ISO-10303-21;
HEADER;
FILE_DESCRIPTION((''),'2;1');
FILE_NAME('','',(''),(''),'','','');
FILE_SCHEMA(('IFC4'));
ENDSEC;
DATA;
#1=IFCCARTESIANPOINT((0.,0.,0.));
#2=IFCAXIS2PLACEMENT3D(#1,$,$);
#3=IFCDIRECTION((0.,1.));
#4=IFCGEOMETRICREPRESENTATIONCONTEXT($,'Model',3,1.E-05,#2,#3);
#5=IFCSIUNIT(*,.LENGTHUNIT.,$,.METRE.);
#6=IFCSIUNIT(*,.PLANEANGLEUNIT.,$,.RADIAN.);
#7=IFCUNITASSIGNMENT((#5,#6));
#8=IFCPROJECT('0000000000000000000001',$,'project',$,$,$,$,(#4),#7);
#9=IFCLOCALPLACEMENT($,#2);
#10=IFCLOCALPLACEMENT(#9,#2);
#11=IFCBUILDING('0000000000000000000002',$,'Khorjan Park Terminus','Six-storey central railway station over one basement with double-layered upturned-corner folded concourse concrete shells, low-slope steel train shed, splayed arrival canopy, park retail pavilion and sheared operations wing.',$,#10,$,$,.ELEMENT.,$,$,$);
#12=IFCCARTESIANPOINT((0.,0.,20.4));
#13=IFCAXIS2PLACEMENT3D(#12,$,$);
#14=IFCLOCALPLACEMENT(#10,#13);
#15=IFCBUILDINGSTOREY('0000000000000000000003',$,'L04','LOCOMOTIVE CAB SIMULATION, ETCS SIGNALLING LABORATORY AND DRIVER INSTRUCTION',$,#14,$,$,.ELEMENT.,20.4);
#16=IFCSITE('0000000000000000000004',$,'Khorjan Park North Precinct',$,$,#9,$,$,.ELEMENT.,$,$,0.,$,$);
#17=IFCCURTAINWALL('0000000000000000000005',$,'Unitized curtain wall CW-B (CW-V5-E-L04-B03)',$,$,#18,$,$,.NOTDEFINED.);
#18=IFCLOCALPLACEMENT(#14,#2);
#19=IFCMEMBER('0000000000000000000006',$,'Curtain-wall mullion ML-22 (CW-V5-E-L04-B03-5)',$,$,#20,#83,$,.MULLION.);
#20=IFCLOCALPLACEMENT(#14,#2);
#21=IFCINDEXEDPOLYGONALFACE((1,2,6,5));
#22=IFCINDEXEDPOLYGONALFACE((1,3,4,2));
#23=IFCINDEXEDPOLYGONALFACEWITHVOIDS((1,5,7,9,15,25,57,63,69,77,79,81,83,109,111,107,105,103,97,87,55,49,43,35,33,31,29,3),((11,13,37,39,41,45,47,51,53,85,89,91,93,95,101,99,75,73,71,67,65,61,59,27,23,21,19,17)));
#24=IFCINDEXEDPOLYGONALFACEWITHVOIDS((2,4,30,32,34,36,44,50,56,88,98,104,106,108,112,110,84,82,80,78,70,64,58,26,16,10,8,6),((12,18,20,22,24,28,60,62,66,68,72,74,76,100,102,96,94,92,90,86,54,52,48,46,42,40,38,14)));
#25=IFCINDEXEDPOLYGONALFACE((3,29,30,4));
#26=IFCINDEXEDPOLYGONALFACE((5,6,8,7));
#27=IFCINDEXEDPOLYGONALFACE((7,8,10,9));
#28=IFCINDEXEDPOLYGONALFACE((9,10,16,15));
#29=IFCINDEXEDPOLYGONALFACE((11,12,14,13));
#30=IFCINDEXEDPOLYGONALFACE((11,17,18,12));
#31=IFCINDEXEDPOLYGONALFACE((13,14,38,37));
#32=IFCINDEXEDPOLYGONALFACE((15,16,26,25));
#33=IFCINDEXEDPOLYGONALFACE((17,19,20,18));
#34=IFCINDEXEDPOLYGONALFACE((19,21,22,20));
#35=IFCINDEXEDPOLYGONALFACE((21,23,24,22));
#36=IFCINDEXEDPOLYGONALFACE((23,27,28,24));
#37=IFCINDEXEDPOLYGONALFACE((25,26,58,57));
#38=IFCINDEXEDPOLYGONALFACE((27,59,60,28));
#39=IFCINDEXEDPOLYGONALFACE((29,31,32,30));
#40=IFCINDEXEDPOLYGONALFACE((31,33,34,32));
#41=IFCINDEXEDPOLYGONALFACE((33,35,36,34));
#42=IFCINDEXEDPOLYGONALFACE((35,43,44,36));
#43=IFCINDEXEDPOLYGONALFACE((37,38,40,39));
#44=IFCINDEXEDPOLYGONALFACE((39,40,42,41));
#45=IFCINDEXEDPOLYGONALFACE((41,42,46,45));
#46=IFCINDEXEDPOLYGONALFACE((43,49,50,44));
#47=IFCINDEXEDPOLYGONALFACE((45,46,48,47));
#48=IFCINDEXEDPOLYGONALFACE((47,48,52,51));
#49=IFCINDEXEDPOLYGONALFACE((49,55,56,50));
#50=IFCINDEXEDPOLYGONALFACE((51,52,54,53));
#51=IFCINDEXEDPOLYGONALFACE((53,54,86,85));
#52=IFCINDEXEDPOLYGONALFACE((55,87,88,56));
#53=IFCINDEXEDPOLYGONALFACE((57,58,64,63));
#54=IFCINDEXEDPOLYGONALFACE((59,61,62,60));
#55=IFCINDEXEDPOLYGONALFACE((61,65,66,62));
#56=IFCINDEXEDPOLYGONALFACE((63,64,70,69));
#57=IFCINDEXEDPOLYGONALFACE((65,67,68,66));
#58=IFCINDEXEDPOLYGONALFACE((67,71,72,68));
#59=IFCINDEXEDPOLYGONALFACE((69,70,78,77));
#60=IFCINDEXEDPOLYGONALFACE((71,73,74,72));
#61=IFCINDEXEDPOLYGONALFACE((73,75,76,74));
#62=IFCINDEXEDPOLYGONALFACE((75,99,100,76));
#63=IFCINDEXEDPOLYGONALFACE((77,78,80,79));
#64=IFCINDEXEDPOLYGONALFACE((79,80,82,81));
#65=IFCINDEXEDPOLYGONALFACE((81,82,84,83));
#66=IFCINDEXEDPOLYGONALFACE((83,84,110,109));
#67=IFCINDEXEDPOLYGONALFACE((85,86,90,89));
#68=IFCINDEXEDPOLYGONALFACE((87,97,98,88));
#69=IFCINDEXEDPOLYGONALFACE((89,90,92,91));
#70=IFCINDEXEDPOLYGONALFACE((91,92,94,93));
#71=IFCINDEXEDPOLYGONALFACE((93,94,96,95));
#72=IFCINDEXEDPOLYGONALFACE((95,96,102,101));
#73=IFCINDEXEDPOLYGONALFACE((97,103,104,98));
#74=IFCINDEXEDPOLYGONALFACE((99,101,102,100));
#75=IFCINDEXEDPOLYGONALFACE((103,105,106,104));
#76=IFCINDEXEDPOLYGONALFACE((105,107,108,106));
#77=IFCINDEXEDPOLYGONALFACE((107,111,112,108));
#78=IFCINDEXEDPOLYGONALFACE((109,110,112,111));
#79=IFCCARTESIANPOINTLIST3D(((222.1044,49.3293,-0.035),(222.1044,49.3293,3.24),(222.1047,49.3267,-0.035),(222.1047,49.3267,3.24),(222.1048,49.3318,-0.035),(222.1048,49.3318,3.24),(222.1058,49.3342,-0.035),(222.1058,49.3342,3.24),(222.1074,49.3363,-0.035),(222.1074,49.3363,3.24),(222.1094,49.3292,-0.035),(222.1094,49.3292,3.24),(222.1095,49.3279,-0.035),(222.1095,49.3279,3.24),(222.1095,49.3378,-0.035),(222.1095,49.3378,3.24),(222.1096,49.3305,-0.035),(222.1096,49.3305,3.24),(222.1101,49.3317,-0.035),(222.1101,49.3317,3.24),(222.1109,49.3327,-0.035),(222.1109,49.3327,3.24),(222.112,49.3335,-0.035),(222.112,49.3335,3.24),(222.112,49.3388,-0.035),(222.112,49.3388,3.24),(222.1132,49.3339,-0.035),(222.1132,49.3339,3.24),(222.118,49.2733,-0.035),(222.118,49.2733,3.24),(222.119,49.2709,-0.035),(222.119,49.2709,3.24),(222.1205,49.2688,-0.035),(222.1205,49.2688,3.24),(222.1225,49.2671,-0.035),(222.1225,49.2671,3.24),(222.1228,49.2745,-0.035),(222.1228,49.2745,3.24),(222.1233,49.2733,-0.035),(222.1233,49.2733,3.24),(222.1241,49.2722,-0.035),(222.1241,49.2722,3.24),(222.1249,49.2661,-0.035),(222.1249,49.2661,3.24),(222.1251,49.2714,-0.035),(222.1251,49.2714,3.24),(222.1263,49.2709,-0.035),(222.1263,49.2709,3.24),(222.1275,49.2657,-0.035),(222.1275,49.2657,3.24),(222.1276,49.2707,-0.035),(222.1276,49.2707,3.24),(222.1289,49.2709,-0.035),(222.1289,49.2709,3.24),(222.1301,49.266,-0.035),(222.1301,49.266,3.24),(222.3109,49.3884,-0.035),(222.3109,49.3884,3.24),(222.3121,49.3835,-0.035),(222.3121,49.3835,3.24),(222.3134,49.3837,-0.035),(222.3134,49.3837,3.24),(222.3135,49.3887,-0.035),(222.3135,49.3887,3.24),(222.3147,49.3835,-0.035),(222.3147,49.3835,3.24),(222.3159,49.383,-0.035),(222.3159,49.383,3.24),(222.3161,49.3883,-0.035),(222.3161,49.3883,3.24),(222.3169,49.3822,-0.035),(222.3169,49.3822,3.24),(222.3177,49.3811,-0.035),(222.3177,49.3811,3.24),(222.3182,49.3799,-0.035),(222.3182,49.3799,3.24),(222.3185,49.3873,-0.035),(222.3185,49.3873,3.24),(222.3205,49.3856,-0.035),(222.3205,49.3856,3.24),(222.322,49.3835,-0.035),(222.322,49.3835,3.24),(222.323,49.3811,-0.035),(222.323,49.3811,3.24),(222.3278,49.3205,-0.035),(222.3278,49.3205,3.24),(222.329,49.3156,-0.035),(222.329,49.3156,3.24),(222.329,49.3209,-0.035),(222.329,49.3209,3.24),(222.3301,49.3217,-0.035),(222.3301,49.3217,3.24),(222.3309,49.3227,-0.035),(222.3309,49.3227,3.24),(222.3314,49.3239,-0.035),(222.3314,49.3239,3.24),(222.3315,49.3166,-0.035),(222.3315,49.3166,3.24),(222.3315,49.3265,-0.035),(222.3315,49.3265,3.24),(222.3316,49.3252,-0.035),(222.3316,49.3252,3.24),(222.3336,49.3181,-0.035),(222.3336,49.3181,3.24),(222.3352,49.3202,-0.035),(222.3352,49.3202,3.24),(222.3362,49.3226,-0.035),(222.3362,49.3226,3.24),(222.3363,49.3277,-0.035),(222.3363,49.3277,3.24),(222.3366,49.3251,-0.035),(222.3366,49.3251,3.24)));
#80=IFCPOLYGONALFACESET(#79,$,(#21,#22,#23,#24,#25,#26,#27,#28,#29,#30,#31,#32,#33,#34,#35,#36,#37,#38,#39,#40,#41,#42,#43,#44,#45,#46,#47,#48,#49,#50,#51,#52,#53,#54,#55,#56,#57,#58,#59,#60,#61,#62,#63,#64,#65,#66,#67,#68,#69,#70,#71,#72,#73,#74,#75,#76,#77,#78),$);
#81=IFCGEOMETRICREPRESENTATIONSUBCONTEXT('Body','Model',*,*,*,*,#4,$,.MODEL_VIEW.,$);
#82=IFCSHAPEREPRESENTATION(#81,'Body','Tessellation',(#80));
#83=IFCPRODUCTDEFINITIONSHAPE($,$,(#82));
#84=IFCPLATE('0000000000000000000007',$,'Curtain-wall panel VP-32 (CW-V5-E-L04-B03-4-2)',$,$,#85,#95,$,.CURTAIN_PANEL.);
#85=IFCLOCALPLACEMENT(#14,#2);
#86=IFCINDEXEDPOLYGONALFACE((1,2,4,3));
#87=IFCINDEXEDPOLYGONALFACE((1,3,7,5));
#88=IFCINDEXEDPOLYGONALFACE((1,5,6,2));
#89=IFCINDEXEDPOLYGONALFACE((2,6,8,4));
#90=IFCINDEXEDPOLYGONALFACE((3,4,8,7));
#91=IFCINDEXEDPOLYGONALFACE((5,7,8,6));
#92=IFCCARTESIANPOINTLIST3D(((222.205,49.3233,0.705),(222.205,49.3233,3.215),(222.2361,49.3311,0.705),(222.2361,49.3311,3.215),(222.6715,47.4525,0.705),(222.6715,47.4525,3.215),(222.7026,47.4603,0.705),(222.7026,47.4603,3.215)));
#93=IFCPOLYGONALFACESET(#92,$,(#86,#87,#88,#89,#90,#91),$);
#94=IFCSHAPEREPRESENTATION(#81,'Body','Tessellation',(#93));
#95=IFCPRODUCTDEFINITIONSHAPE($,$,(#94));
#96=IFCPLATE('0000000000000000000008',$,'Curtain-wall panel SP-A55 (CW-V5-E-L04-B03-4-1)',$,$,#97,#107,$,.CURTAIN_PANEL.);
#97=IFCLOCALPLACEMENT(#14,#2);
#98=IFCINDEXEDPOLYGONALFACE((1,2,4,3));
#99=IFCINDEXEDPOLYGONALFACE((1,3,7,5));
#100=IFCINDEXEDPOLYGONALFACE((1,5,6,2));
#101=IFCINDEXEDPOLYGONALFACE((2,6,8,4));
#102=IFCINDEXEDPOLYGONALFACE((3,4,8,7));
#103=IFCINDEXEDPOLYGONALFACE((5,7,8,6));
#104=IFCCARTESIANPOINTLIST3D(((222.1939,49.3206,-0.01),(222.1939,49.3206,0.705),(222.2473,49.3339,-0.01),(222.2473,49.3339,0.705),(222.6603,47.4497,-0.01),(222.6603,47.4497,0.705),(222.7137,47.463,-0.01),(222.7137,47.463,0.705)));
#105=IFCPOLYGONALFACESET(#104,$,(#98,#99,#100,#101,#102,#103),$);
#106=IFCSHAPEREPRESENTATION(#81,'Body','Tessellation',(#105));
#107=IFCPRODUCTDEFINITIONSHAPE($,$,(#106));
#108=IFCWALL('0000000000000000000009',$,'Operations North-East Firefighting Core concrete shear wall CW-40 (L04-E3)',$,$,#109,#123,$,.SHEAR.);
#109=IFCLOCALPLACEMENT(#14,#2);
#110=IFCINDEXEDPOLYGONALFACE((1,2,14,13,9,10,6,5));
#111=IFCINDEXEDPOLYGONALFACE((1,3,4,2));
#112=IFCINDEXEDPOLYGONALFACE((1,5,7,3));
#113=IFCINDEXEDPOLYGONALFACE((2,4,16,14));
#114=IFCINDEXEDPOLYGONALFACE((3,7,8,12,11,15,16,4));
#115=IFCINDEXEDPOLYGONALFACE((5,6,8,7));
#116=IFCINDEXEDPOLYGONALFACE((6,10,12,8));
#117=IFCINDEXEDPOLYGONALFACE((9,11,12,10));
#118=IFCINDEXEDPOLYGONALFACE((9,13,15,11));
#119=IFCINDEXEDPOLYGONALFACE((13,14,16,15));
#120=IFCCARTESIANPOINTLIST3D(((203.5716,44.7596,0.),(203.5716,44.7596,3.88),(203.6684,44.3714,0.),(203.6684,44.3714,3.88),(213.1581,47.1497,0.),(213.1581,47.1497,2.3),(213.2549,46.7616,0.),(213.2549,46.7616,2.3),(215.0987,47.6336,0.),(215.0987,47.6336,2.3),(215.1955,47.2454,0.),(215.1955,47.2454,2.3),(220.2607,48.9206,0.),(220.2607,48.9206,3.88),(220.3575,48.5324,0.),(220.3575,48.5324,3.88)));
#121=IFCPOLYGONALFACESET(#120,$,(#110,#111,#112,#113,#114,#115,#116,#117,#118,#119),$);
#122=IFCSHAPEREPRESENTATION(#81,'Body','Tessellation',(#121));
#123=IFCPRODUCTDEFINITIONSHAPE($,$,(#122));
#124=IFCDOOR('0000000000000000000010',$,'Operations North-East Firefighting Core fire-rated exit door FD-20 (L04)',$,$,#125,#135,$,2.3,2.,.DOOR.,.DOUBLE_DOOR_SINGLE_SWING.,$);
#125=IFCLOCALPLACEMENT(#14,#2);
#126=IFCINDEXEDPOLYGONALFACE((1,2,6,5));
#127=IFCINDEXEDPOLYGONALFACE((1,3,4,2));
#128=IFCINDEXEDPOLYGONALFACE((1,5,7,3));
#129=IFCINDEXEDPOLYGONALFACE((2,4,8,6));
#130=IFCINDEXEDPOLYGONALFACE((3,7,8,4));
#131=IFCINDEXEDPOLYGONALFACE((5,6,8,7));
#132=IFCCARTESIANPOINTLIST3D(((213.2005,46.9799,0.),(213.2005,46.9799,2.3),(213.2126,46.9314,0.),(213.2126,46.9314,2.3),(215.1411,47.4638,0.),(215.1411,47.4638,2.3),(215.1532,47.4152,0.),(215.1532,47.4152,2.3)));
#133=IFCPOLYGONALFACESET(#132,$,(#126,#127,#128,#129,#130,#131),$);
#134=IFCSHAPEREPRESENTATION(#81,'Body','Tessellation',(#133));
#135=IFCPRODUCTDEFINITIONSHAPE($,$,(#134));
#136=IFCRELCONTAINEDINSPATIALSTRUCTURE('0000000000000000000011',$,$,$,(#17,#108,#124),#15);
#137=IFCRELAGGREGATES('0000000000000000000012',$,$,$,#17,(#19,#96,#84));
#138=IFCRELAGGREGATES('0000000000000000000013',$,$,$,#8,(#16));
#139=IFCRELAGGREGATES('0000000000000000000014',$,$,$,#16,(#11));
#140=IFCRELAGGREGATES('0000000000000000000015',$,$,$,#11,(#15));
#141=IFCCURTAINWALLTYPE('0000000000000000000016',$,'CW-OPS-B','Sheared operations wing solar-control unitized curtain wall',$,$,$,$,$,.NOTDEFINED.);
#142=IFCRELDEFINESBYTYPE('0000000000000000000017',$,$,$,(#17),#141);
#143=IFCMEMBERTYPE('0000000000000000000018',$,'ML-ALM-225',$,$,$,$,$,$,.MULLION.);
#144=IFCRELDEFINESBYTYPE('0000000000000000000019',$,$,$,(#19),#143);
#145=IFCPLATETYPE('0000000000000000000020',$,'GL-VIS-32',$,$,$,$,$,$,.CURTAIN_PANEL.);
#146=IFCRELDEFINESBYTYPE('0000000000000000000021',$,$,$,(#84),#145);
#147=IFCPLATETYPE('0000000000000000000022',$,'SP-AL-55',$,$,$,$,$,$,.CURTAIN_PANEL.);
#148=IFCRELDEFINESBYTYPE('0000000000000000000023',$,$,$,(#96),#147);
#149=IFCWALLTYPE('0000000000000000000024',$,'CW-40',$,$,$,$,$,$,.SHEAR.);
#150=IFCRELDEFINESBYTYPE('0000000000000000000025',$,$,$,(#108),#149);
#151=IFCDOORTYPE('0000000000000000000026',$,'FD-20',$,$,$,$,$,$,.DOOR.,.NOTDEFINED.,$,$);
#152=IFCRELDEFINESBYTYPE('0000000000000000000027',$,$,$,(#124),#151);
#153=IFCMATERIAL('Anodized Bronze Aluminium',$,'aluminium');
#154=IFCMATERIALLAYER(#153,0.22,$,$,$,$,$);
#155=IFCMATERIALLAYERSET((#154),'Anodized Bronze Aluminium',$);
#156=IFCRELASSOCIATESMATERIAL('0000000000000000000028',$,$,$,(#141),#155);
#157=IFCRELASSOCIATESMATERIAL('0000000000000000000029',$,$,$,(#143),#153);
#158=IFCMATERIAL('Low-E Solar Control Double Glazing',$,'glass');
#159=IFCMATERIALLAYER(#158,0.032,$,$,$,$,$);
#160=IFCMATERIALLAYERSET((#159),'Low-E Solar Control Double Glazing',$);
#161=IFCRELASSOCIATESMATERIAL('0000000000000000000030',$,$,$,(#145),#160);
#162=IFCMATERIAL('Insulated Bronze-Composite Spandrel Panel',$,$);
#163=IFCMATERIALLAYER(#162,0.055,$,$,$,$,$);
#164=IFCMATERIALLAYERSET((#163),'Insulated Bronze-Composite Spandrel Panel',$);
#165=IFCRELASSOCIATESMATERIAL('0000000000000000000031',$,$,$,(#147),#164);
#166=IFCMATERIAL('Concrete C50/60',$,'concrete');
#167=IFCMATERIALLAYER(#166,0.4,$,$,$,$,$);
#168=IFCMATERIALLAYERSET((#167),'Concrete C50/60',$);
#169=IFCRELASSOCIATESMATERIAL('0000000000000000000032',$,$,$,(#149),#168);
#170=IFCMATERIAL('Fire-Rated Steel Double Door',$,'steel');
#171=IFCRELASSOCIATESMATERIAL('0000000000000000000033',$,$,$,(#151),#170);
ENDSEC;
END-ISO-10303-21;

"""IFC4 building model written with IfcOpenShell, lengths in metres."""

from ifc_helpers import new_model, si_unit, direction, frame, frame_2d, origin, origin_2d, place, context, subcontext, project, spatial, rectangle, hollow_rectangle, extrude, material, layer, layer_set, material_profile, profile_set, type_object, element, fill, aggregate, save


model = new_model("IFC4")

# Units and contexts
model_context = context("Model", 3, precision=1e-05, world=origin(), true_north=direction((0.0, 1.0)))
body_context = subcontext(model_context, "Body", "Model", "MODEL_VIEW")
ifc_project = project(units=[si_unit("LENGTHUNIT", "METRE"), si_unit("PLANEANGLEUNIT", "RADIAN")], contexts=[model_context])

# Site, building, storey
site_placement = place(None, origin())
site = spatial("IfcSite", under=ifc_project, at=site_placement, Name="Khorjan Park North Precinct", CompositionType="ELEMENT", RefElevation=0.0)
building_placement = place(site_placement, origin())
building = spatial("IfcBuilding", under=site, at=building_placement, Name="Khorjan Park Terminus", Description="Six-storey central railway station over one basement with double-layered upturned-corner folded concourse concrete shells, low-slope steel train shed, splayed arrival canopy, park retail pavilion and sheared operations wing.", CompositionType="ELEMENT")
storey_placement = place(building_placement, frame((0.0, 0.0, 20.4)))
storey = spatial("IfcBuildingStorey", under=building, at=storey_placement, Name="L04", Description="LOCOMOTIVE CAB SIMULATION, ETCS SIGNALLING LABORATORY AND DRIVER INSTRUCTION", CompositionType="ELEMENT", Elevation=20.4)

# Shared definitions
ifc_material_1 = material(Name="Concrete C50/60", Category="concrete")

# Curtain wall, member, plates
ifc_material_2 = material(Name="Anodized Bronze Aluminium", Category="aluminium")
ifc_layer_1 = layer(ifc_material_2, 0.22)
ifc_layer_set_1 = layer_set([ifc_layer_1], Name="Anodized Bronze Aluminium")
curtain_wall_type = type_object("IfcCurtainWallType", Name="CW-OPS-B", Description="Sheared operations wing solar-control unitized curtain wall", PredefinedType="NOTDEFINED", material=ifc_layer_set_1)
curtain_wall_placement = place(storey_placement, origin())
curtain_wall = element("IfcCurtainWall", 1, at=curtain_wall_placement, inside=storey, type_object=curtain_wall_type, Name="Unitized curtain wall CW-B (CW-V5-E-L04-B03)", PredefinedType="NOTDEFINED")
ifc_material_profile_1 = material_profile(ifc_material_2, hollow_rectangle(XDim=0.075, YDim=0.225, WallThickness=0.005, InnerFilletRadius=0.005, OuterFilletRadius=0.01, at=origin_2d()), Name="ALM 75x225x5")
ifc_profile_set_1 = profile_set([ifc_material_profile_1], Name="Anodized Bronze Aluminium")
member_type = type_object("IfcMemberType", Name="ML-ALM-225", PredefinedType="MULLION", material=ifc_profile_set_1)
member_placement = place(storey_placement, frame((222.2205, 49.3272, -0.035), z_axis=(0.0, 0.0, 1.0), x_axis=(-0.241923, 0.970295, 0.0)))
member = element("IfcMember", 2, at=member_placement, type_object=member_type, Name="Curtain-wall mullion ML-22 (CW-V5-E-L04-B03-5)", PredefinedType="MULLION", context=body_context, shape_type="SweptSolid", body=[
    extrude(hollow_rectangle(XDim=0.075, YDim=0.225, WallThickness=0.005, InnerFilletRadius=0.005, OuterFilletRadius=0.01, at=origin_2d()), origin(), (0.0, 0.0, 1.0), 3.275),
])
ifc_material_3 = material(Name="Low-E Solar Control Double Glazing", Category="glass")
ifc_layer_2 = layer(ifc_material_3, 0.032)
ifc_layer_set_2 = layer_set([ifc_layer_2], Name="Low-E Solar Control Double Glazing")
plate_type_1 = type_object("IfcPlateType", Name="GL-VIS-32", PredefinedType="CURTAIN_PANEL", material=ifc_layer_set_2)
plate_1_placement = place(storey_placement, frame((222.4538, 48.3918, 0.705), z_axis=(0.0, 0.0, 1.0), x_axis=(-0.241923, 0.970295, 0.0)))
plate_1 = element("IfcPlate", 3, at=plate_1_placement, type_object=plate_type_1, Name="Curtain-wall panel VP-32 (CW-V5-E-L04-B03-4-2)", PredefinedType="CURTAIN_PANEL", context=body_context, shape_type="SweptSolid", body=[
    extrude(rectangle(XDim=1.9281, YDim=0.032, at=origin_2d()), origin(), (0.0, 0.0, 1.0), 2.51),
])
ifc_material_4 = material(Name="Insulated Bronze-Composite Spandrel Panel")
ifc_layer_3 = layer(ifc_material_4, 0.055)
ifc_layer_set_3 = layer_set([ifc_layer_3], Name="Insulated Bronze-Composite Spandrel Panel")
plate_type_2 = type_object("IfcPlateType", Name="SP-AL-55", PredefinedType="CURTAIN_PANEL", material=ifc_layer_set_3)
plate_2_placement = place(storey_placement, frame((222.4538, 48.3918, -0.01), z_axis=(0.0, 0.0, 1.0), x_axis=(-0.241923, 0.970295, 0.0)))
plate_2 = element("IfcPlate", 4, at=plate_2_placement, type_object=plate_type_2, Name="Curtain-wall panel SP-A55 (CW-V5-E-L04-B03-4-1)", PredefinedType="CURTAIN_PANEL", context=body_context, shape_type="SweptSolid", body=[
    extrude(rectangle(XDim=1.9281, YDim=0.055, at=origin_2d()), origin(), (0.0, 0.0, 1.0), 0.715),
])
aggregate(curtain_wall, [member, plate_2, plate_1])

# Wall, opening, door
ifc_layer_4 = layer(ifc_material_1, 0.4)
ifc_layer_set_4 = layer_set([ifc_layer_4], Name="Concrete C50/60")
wall_type_1 = type_object("IfcWallType", Name="CW-40", PredefinedType="SHEAR", material=ifc_layer_set_4)
wall_1_placement = place(storey_placement, frame((220.3091, 48.7265, 0.0), z_axis=(0.0, 0.0, 1.0), x_axis=(-0.970297, -0.241919, 0.0)))
wall_1 = element("IfcWall", 5, at=wall_1_placement, inside=storey, type_object=wall_type_1, Name="Operations North-East Firefighting Core concrete shear wall CW-40 (L04-E3)", PredefinedType="SHEAR", context=body_context, shape_type="SweptSolid", body=[
    extrude(rectangle(XDim=17.2, YDim=0.4, at=frame_2d((8.6, 0.0))), origin(), (0.0, 0.0, 1.0), 3.88),
])
opening_1_placement = place(wall_1_placement, frame((5.32, 0.0, 0.0)))
opening_1 = element("IfcOpeningElement", 6, at=opening_1_placement, cuts=wall_1, PredefinedType="OPENING", context=body_context, shape_type="SweptSolid", body=[
    extrude(rectangle(XDim=2.0, YDim=2.3, at=frame_2d((1.0, 1.15))), frame((0.0, 0.21, 0.0), z_axis=(0.0, -1.0, 0.0), x_axis=(1.0, 0.0, 0.0)), (0.0, 0.0, 1.0), 0.42),
])
ifc_material_5 = material(Name="Fire-Rated Steel Double Door", Category="steel")
door_type_1 = type_object("IfcDoorType", Name="FD-20", OperationType="NOTDEFINED", PredefinedType="DOOR", material=ifc_material_5)
door_1_placement = place(opening_1_placement, origin())
door_1 = element("IfcDoor", 7, at=door_1_placement, inside=storey, type_object=door_type_1, Name="Operations North-East Firefighting Core fire-rated exit door FD-20 (L04)", OperationType="DOUBLE_DOOR_SINGLE_SWING", OverallHeight=2.3, OverallWidth=2.0, PredefinedType="DOOR", context=body_context, shape_type="SweptSolid", body=[
    extrude(rectangle(XDim=2.0, YDim=2.3, at=frame_2d((1.0, 1.15))), frame((0.0, 0.025, 0.0), z_axis=(0.0, -1.0, 0.0), x_axis=(1.0, 0.0, 0.0)), (0.0, 0.0, 1.0), 0.05),
])
fill(opening_1, door_1)

save(model, "model.ifc")
